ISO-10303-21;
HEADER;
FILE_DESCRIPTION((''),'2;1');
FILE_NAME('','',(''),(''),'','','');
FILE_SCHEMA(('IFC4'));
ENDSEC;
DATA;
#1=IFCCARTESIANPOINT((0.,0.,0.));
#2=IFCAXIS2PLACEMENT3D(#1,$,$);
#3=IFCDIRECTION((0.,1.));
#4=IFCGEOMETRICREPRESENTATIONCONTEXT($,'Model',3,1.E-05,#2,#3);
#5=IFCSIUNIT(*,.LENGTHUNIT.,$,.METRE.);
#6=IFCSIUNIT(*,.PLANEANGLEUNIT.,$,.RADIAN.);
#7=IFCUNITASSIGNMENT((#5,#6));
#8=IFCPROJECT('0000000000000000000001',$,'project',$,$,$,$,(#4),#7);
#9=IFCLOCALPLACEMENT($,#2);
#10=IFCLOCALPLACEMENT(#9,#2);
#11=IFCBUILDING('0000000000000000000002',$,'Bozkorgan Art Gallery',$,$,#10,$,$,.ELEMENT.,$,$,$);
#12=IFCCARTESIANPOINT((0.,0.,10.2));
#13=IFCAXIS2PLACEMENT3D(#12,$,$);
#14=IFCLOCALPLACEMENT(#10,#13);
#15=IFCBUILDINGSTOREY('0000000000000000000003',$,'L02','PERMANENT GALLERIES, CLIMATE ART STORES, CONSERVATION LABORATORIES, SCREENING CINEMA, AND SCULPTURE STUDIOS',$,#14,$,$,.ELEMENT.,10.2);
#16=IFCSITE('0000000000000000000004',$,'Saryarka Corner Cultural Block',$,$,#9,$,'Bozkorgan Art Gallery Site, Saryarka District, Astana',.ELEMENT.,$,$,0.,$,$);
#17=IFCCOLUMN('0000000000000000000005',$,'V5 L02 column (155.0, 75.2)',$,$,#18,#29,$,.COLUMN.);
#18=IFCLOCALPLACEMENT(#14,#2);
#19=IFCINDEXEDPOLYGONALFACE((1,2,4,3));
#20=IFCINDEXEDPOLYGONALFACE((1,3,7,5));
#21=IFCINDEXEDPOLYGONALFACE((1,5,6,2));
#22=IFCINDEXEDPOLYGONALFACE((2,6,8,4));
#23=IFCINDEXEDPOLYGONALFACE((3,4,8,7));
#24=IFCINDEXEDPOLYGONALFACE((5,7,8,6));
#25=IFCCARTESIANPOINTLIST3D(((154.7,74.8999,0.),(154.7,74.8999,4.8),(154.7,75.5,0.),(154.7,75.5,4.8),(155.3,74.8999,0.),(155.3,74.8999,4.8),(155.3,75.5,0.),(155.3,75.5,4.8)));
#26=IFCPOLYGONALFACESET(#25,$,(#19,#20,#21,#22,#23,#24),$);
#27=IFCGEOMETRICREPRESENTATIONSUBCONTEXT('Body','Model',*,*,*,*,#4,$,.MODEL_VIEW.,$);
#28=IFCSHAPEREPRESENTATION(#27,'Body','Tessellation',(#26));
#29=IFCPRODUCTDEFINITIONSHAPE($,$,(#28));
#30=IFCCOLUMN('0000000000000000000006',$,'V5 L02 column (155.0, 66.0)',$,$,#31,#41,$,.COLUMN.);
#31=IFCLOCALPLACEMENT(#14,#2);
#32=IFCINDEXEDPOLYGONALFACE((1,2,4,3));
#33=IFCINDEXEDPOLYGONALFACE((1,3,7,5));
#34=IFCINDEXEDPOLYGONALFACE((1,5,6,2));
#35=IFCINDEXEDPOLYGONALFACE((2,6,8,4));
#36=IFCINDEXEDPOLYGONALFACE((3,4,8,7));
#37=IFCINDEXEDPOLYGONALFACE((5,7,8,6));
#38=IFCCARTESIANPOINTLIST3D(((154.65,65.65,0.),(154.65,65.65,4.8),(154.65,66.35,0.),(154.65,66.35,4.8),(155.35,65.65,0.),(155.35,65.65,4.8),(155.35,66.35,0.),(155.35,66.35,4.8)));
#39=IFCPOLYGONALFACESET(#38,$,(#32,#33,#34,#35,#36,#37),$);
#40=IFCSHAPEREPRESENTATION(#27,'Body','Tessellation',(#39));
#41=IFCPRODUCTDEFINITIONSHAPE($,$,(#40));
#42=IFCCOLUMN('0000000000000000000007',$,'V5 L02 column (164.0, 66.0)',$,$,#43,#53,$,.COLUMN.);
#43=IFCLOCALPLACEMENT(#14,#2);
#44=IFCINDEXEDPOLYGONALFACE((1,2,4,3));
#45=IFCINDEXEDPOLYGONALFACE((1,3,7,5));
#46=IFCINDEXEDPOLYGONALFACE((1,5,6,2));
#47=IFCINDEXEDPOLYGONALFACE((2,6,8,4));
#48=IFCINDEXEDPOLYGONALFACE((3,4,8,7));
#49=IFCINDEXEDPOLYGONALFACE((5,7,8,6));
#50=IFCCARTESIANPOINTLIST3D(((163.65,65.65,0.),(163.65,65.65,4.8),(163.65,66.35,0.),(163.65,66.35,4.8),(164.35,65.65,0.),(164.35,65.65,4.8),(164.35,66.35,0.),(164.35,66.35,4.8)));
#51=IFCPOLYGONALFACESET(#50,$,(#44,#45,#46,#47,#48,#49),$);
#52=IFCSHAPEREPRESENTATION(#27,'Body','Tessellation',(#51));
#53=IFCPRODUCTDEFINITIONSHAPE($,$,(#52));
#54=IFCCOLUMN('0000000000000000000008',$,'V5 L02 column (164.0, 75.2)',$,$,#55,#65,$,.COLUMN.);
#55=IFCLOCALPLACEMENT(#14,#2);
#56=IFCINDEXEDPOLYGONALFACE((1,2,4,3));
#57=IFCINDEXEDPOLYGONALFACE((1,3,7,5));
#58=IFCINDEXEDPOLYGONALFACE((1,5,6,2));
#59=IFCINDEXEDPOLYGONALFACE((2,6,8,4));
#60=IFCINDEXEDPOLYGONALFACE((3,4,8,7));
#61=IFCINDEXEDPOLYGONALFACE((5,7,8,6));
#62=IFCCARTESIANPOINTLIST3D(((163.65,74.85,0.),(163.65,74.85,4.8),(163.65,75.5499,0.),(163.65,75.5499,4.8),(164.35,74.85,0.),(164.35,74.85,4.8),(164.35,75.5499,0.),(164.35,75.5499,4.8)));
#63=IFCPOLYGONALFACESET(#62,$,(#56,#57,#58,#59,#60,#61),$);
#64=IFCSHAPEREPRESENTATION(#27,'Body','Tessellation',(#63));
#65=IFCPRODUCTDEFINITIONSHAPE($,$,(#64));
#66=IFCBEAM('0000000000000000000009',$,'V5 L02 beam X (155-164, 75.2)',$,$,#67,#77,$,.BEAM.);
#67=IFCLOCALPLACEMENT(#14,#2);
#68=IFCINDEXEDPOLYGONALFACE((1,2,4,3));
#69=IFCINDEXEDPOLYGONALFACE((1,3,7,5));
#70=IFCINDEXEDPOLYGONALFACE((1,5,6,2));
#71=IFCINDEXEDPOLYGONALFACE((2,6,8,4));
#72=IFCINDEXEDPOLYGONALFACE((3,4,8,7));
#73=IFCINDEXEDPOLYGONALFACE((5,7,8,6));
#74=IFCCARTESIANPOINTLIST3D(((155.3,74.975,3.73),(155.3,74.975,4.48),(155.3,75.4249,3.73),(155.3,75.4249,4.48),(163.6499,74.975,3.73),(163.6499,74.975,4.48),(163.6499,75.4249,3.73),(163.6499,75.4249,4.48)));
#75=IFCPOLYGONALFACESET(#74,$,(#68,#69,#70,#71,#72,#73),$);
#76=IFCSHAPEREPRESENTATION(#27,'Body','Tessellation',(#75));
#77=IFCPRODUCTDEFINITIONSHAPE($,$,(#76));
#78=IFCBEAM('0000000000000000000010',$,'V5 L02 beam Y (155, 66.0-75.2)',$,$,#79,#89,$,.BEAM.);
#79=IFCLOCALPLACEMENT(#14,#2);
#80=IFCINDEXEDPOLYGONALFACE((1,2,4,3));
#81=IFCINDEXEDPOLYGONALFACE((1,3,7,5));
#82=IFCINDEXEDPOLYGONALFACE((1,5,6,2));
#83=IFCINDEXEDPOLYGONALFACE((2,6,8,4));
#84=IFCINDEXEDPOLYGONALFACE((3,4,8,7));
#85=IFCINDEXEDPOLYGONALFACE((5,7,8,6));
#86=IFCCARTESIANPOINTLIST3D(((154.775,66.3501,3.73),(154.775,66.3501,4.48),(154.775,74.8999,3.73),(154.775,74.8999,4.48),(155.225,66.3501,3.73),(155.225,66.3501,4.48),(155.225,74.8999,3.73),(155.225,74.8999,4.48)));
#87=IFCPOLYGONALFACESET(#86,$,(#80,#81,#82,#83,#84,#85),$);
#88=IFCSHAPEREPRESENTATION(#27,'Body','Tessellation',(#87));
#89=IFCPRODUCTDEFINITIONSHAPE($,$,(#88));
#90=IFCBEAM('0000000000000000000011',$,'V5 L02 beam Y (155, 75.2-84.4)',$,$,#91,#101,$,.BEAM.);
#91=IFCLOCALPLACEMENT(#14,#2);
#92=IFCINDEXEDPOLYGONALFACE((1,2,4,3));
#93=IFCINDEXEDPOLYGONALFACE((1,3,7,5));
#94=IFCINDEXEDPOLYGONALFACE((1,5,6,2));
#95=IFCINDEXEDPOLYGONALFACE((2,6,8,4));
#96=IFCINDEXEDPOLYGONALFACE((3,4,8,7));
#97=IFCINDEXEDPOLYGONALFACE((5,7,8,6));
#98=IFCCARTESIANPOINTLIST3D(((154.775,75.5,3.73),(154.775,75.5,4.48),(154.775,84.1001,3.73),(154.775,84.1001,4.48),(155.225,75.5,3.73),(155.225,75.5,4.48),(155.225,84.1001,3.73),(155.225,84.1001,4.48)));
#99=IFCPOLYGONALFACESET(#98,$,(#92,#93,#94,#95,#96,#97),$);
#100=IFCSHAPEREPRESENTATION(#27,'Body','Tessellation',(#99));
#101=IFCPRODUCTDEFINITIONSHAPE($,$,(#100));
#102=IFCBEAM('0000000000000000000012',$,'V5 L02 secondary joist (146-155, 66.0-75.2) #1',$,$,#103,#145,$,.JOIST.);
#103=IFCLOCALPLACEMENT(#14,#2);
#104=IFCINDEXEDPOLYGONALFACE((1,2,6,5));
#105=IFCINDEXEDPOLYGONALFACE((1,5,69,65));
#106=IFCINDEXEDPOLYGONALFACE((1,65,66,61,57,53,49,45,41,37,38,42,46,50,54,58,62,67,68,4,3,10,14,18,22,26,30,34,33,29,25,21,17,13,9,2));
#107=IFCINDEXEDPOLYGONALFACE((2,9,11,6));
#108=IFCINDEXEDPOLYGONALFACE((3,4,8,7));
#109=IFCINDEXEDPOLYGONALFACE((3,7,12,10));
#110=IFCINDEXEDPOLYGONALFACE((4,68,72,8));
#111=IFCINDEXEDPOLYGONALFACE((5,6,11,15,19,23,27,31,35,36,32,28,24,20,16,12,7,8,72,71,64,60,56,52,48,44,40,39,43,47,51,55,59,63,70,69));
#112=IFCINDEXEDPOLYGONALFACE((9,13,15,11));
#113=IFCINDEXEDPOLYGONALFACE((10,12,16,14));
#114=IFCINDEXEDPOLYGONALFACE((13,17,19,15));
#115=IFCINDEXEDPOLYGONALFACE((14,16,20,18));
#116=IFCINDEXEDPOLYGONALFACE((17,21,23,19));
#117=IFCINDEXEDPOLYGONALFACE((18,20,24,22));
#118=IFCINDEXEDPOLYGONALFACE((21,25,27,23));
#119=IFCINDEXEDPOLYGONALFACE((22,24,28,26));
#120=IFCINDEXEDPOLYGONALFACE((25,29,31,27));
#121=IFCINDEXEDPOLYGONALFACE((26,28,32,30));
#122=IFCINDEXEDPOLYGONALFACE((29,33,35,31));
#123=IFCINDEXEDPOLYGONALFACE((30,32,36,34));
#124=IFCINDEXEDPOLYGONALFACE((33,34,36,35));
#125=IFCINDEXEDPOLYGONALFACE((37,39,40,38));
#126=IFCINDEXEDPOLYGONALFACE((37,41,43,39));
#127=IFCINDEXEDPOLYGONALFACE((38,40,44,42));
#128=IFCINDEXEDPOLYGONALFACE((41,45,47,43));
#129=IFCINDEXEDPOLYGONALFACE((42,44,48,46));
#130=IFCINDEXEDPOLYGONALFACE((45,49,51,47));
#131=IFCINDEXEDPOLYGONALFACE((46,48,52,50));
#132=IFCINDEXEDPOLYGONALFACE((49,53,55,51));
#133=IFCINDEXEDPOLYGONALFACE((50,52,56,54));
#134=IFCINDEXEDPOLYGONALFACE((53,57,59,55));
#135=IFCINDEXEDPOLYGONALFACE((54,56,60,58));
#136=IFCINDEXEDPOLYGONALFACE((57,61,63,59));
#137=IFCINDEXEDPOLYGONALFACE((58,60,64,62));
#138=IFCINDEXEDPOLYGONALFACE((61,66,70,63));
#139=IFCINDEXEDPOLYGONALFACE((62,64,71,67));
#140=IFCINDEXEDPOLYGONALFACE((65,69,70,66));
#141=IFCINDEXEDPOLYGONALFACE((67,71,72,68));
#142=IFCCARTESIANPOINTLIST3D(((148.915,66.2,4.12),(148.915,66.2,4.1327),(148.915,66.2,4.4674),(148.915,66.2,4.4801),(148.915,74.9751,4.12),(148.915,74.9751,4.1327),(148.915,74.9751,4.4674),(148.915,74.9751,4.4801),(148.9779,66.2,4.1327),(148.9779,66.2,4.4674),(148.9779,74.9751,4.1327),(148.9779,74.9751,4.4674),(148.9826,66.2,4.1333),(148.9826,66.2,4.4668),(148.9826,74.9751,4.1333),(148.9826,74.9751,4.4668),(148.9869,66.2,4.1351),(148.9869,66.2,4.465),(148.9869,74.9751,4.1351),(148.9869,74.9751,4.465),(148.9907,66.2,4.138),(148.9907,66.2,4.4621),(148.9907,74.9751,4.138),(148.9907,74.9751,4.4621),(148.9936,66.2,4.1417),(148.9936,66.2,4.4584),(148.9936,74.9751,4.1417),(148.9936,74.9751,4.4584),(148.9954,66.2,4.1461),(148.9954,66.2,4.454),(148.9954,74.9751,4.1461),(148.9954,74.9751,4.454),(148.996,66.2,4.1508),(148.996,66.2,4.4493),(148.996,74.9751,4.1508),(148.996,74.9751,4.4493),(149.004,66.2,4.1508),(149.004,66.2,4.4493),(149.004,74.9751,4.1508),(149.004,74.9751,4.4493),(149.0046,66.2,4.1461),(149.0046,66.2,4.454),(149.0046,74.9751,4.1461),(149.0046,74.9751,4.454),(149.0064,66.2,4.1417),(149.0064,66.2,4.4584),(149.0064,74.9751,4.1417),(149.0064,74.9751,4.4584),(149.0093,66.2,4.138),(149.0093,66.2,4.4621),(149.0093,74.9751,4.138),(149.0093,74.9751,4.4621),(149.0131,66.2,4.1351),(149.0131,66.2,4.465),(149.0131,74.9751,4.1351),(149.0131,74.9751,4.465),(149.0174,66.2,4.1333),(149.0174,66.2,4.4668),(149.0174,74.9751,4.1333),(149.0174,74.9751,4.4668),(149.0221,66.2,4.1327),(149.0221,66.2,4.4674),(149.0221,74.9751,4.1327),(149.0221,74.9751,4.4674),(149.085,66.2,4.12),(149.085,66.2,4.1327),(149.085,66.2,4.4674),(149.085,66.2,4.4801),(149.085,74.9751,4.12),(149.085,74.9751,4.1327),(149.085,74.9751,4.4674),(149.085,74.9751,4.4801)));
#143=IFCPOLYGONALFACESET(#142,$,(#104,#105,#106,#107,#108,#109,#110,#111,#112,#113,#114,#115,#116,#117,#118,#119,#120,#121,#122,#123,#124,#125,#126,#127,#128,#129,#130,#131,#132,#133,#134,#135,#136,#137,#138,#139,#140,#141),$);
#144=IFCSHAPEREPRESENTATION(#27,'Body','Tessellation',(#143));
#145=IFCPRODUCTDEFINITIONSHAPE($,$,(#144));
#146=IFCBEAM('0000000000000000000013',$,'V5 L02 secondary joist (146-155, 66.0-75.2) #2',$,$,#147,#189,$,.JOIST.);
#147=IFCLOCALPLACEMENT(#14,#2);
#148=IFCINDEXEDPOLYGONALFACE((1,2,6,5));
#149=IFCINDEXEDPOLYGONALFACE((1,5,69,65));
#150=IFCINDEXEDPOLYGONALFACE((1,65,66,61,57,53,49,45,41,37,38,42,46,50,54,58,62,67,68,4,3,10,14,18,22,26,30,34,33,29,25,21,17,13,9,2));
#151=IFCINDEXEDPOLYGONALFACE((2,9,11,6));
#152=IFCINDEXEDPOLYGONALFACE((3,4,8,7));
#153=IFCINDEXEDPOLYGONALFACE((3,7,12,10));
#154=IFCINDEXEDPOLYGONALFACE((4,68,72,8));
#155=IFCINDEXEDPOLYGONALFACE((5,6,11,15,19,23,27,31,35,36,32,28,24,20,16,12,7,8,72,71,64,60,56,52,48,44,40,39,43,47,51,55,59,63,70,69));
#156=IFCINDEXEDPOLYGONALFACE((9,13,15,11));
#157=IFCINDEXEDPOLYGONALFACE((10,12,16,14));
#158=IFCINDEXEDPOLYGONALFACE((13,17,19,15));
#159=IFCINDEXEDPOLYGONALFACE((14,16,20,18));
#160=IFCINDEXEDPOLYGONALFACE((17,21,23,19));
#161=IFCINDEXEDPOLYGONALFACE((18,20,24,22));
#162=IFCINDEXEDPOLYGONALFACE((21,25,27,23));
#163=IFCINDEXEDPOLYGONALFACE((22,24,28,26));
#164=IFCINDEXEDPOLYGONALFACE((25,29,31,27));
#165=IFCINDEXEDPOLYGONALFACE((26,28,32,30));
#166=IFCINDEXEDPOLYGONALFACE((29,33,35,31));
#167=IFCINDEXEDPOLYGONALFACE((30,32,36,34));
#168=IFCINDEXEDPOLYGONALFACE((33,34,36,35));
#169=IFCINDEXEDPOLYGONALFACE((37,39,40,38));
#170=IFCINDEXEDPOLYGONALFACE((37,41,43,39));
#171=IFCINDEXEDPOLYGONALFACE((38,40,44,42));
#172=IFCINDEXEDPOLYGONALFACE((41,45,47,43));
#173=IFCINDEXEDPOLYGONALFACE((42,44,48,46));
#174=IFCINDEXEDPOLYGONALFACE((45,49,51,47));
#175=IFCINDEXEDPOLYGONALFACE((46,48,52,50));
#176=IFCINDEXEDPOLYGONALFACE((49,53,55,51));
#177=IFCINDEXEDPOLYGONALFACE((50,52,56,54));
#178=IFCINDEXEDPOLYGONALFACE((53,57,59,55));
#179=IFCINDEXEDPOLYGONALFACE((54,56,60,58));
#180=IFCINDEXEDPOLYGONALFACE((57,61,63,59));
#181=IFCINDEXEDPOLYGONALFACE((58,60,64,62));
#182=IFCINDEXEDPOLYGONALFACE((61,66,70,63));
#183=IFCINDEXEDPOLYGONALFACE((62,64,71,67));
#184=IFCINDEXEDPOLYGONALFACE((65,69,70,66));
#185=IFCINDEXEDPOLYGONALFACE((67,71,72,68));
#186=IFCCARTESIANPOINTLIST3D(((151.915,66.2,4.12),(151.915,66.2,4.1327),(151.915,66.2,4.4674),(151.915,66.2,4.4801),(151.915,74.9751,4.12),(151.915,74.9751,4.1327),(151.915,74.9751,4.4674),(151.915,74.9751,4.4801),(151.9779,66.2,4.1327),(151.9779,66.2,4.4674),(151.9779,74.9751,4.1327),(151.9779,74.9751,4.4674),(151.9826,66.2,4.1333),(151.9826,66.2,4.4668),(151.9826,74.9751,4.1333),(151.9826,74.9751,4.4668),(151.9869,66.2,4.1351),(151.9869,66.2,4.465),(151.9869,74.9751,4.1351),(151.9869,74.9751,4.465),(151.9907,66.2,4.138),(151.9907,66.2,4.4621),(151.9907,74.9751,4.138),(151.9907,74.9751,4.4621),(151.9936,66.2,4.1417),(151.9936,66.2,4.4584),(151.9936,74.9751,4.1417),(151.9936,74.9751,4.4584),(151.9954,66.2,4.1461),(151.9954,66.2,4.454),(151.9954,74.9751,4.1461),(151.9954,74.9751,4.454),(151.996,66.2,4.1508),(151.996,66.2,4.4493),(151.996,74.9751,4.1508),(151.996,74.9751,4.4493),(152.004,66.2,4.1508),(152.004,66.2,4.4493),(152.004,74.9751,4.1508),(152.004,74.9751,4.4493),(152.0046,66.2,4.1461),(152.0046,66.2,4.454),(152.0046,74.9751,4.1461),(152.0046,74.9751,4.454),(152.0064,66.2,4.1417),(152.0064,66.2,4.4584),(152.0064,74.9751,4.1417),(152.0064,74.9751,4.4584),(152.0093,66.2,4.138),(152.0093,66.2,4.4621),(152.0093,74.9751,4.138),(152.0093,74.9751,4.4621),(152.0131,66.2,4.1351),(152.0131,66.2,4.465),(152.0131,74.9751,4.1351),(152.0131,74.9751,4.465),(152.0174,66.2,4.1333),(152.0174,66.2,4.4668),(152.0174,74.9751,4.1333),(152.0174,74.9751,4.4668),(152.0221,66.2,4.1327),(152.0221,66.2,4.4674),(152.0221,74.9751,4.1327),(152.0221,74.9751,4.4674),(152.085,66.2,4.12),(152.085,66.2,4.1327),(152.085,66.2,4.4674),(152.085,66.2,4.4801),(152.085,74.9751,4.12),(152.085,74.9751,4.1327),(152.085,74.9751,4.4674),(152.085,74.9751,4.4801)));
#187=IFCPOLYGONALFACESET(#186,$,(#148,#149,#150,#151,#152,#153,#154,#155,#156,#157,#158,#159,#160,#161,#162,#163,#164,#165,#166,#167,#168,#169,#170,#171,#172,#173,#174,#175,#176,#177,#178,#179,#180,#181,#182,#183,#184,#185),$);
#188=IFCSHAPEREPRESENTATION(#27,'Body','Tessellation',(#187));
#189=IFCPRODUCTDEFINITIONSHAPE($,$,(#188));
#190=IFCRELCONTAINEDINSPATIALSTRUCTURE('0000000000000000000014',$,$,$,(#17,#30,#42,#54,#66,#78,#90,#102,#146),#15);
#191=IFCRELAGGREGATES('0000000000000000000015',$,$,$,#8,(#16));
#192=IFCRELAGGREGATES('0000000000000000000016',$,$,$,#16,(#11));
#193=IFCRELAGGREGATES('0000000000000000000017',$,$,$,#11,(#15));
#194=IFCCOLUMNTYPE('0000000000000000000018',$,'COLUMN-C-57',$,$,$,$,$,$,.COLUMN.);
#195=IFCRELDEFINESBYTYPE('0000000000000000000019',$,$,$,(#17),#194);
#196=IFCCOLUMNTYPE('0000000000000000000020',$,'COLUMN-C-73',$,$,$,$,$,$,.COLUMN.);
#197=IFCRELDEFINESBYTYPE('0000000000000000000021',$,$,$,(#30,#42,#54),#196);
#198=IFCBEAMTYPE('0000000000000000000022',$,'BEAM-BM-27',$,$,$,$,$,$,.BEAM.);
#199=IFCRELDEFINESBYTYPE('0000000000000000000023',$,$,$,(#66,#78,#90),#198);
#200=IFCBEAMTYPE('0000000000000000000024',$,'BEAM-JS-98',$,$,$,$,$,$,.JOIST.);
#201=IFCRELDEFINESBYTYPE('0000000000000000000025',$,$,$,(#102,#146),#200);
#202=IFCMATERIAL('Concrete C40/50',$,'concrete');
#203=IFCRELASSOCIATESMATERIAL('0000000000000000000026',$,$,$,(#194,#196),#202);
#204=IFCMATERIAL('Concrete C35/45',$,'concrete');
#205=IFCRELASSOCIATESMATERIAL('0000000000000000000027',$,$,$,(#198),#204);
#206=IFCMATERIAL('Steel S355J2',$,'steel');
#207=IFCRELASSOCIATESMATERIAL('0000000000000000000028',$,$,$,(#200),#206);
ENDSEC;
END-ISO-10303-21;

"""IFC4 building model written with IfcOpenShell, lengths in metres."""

from ifc_helpers import new_model, si_unit, direction, frame, origin, origin_2d, place, context, subcontext, project, spatial, rectangle, i_section, extrude, material, material_profile, profile_set, type_object, element, save


model = new_model("IFC4")

# Units and contexts
model_context = context("Model", 3, precision=1e-05, world=origin(), true_north=direction((0.0, 1.0)))
body_context = subcontext(model_context, "Body", "Model", "MODEL_VIEW")
ifc_project = project(units=[si_unit("LENGTHUNIT", "METRE"), si_unit("PLANEANGLEUNIT", "RADIAN")], contexts=[model_context])

# Site, building, storey
site_placement = place(None, origin())
site = spatial("IfcSite", under=ifc_project, at=site_placement, Name="Saryarka Corner Cultural Block", LongName="Bozkorgan Art Gallery Site, Saryarka District, Astana", CompositionType="ELEMENT", RefElevation=0.0)
building_placement = place(site_placement, origin())
building = spatial("IfcBuilding", under=site, at=building_placement, Name="Bozkorgan Art Gallery", CompositionType="ELEMENT")
storey_placement = place(building_placement, frame((0.0, 0.0, 10.2)))
storey = spatial("IfcBuildingStorey", under=building, at=storey_placement, Name="L02", Description="PERMANENT GALLERIES, CLIMATE ART STORES, CONSERVATION LABORATORIES, SCREENING CINEMA, AND SCULPTURE STUDIOS", CompositionType="ELEMENT", Elevation=10.2)

# Columns
ifc_material_1 = material(Name="Concrete C40/50", Category="concrete")
ifc_material_profile_1 = material_profile(ifc_material_1, rectangle(XDim=0.6001, YDim=0.6001, at=origin_2d()), Name="RC 600x600")
ifc_profile_set_1 = profile_set([ifc_material_profile_1], Name="Concrete C40/50")
column_type_1 = type_object("IfcColumnType", Name="COLUMN-C-57", PredefinedType="COLUMN", material=ifc_profile_set_1)
column_placement = place(storey_placement, frame((155.0, 75.2, 0.0), z_axis=(0.0, 0.0, 1.0), x_axis=(1.0, 0.0, 0.0)))
element("IfcColumn", 1, at=column_placement, inside=storey, type_object=column_type_1, Name="V5 L02 column (155.0, 75.2)", PredefinedType="COLUMN", context=body_context, shape_type="SweptSolid", body=[
    extrude(rectangle(XDim=0.6001, YDim=0.6001, at=origin_2d()), origin(), (0.0, 0.0, 1.0), 4.8),
])
ifc_material_profile_2 = material_profile(ifc_material_1, rectangle(XDim=0.7, YDim=0.7, at=origin_2d()), Name="RC 700x700")
ifc_profile_set_2 = profile_set([ifc_material_profile_2], Name="Concrete C40/50")
column_type_2 = type_object("IfcColumnType", Name="COLUMN-C-73", PredefinedType="COLUMN", material=ifc_profile_set_2)
for number, where, z_axis, x_axis, name in (
    (2, (155.0, 66.0, 0.0), (0.0, 0.0, 1.0), (1.0, 0.0, 0.0), "V5 L02 column (155.0, 66.0)"),
    (3, (164.0, 66.0, 0.0), (0.0, 0.0, 1.0), (1.0, 0.0, 0.0), "V5 L02 column (164.0, 66.0)"),
    (4, (164.0, 75.2, 0.0), (0.0, 0.0, 1.0), (1.0, 0.0, 0.0), "V5 L02 column (164.0, 75.2)"),
):
    element("IfcColumn", number, at=place(storey_placement, frame(where, z_axis=z_axis, x_axis=x_axis)), inside=storey, type_object=column_type_2, Name=name, PredefinedType="COLUMN", context=body_context, shape_type="SweptSolid", body=[
        extrude(rectangle(XDim=0.7, YDim=0.7, at=origin_2d()), origin(), (0.0, 0.0, 1.0), 4.8),
    ])

# Beams
ifc_material_2 = material(Name="Concrete C35/45", Category="concrete")
ifc_material_profile_3 = material_profile(ifc_material_2, rectangle(XDim=0.45, YDim=0.75, at=origin_2d()), Name="RC 450x750")
ifc_profile_set_3 = profile_set([ifc_material_profile_3], Name="Concrete C35/45")
beam_type_1 = type_object("IfcBeamType", Name="BEAM-BM-27", PredefinedType="BEAM", material=ifc_profile_set_3)
beam_1_placement = place(storey_placement, frame((155.3, 75.2, 4.105), z_axis=(1.0, 0.0, 0.0), x_axis=(0.0, 1.0, 0.0)))
element("IfcBeam", 5, at=beam_1_placement, inside=storey, type_object=beam_type_1, Name="V5 L02 beam X (155-164, 75.2)", PredefinedType="BEAM", context=body_context, shape_type="SweptSolid", body=[
    extrude(rectangle(XDim=0.45, YDim=0.75, at=origin_2d()), origin(), (0.0, 0.0, 1.0), 8.3499),
])
beam_2_placement = place(storey_placement, frame((155.0, 66.3501, 4.105), z_axis=(0.0, 1.0, 0.0), x_axis=(-1.0, 0.0, 0.0)))
element("IfcBeam", 6, at=beam_2_placement, inside=storey, type_object=beam_type_1, Name="V5 L02 beam Y (155, 66.0-75.2)", PredefinedType="BEAM", context=body_context, shape_type="SweptSolid", body=[
    extrude(rectangle(XDim=0.45, YDim=0.75, at=origin_2d()), origin(), (0.0, 0.0, 1.0), 8.5498),
])
beam_3_placement = place(storey_placement, frame((155.0, 75.5, 4.105), z_axis=(0.0, 1.0, 0.0), x_axis=(-1.0, 0.0, 0.0)))
element("IfcBeam", 7, at=beam_3_placement, inside=storey, type_object=beam_type_1, Name="V5 L02 beam Y (155, 75.2-84.4)", PredefinedType="BEAM", context=body_context, shape_type="SweptSolid", body=[
    extrude(rectangle(XDim=0.45, YDim=0.75, at=origin_2d()), origin(), (0.0, 0.0, 1.0), 8.6001),
])
ifc_material_3 = material(Name="Steel S355J2", Category="steel")
ifc_material_profile_4 = material_profile(ifc_material_3, i_section(OverallWidth=0.1699, OverallDepth=0.3601, WebThickness=0.0081, FlangeThickness=0.0127, FilletRadius=0.0181, at=origin_2d()), Name="IPE 360")
ifc_profile_set_4 = profile_set([ifc_material_profile_4], Name="Steel S355J2")
beam_type_2 = type_object("IfcBeamType", Name="BEAM-JS-98", PredefinedType="JOIST", material=ifc_profile_set_4)
for number, where, z_axis, x_axis, name in (
    (8, (149.0, 66.2, 4.3), (0.0, 1.0, 0.0), (-1.0, 0.0, 0.0), "V5 L02 secondary joist (146-155, 66.0-75.2) #1"),
    (9, (152.0, 66.2, 4.3), (0.0, 1.0, 0.0), (-1.0, 0.0, 0.0), "V5 L02 secondary joist (146-155, 66.0-75.2) #2"),
):
    element("IfcBeam", number, at=place(storey_placement, frame(where, z_axis=z_axis, x_axis=x_axis)), inside=storey, type_object=beam_type_2, Name=name, PredefinedType="JOIST", context=body_context, shape_type="SweptSolid", body=[
        extrude(i_section(OverallWidth=0.1699, OverallDepth=0.3601, WebThickness=0.0081, FlangeThickness=0.0127, FilletRadius=0.0181, at=origin_2d()), origin(), (0.0, 0.0, 1.0), 8.7751),
    ])

save(model, "model.ifc")
